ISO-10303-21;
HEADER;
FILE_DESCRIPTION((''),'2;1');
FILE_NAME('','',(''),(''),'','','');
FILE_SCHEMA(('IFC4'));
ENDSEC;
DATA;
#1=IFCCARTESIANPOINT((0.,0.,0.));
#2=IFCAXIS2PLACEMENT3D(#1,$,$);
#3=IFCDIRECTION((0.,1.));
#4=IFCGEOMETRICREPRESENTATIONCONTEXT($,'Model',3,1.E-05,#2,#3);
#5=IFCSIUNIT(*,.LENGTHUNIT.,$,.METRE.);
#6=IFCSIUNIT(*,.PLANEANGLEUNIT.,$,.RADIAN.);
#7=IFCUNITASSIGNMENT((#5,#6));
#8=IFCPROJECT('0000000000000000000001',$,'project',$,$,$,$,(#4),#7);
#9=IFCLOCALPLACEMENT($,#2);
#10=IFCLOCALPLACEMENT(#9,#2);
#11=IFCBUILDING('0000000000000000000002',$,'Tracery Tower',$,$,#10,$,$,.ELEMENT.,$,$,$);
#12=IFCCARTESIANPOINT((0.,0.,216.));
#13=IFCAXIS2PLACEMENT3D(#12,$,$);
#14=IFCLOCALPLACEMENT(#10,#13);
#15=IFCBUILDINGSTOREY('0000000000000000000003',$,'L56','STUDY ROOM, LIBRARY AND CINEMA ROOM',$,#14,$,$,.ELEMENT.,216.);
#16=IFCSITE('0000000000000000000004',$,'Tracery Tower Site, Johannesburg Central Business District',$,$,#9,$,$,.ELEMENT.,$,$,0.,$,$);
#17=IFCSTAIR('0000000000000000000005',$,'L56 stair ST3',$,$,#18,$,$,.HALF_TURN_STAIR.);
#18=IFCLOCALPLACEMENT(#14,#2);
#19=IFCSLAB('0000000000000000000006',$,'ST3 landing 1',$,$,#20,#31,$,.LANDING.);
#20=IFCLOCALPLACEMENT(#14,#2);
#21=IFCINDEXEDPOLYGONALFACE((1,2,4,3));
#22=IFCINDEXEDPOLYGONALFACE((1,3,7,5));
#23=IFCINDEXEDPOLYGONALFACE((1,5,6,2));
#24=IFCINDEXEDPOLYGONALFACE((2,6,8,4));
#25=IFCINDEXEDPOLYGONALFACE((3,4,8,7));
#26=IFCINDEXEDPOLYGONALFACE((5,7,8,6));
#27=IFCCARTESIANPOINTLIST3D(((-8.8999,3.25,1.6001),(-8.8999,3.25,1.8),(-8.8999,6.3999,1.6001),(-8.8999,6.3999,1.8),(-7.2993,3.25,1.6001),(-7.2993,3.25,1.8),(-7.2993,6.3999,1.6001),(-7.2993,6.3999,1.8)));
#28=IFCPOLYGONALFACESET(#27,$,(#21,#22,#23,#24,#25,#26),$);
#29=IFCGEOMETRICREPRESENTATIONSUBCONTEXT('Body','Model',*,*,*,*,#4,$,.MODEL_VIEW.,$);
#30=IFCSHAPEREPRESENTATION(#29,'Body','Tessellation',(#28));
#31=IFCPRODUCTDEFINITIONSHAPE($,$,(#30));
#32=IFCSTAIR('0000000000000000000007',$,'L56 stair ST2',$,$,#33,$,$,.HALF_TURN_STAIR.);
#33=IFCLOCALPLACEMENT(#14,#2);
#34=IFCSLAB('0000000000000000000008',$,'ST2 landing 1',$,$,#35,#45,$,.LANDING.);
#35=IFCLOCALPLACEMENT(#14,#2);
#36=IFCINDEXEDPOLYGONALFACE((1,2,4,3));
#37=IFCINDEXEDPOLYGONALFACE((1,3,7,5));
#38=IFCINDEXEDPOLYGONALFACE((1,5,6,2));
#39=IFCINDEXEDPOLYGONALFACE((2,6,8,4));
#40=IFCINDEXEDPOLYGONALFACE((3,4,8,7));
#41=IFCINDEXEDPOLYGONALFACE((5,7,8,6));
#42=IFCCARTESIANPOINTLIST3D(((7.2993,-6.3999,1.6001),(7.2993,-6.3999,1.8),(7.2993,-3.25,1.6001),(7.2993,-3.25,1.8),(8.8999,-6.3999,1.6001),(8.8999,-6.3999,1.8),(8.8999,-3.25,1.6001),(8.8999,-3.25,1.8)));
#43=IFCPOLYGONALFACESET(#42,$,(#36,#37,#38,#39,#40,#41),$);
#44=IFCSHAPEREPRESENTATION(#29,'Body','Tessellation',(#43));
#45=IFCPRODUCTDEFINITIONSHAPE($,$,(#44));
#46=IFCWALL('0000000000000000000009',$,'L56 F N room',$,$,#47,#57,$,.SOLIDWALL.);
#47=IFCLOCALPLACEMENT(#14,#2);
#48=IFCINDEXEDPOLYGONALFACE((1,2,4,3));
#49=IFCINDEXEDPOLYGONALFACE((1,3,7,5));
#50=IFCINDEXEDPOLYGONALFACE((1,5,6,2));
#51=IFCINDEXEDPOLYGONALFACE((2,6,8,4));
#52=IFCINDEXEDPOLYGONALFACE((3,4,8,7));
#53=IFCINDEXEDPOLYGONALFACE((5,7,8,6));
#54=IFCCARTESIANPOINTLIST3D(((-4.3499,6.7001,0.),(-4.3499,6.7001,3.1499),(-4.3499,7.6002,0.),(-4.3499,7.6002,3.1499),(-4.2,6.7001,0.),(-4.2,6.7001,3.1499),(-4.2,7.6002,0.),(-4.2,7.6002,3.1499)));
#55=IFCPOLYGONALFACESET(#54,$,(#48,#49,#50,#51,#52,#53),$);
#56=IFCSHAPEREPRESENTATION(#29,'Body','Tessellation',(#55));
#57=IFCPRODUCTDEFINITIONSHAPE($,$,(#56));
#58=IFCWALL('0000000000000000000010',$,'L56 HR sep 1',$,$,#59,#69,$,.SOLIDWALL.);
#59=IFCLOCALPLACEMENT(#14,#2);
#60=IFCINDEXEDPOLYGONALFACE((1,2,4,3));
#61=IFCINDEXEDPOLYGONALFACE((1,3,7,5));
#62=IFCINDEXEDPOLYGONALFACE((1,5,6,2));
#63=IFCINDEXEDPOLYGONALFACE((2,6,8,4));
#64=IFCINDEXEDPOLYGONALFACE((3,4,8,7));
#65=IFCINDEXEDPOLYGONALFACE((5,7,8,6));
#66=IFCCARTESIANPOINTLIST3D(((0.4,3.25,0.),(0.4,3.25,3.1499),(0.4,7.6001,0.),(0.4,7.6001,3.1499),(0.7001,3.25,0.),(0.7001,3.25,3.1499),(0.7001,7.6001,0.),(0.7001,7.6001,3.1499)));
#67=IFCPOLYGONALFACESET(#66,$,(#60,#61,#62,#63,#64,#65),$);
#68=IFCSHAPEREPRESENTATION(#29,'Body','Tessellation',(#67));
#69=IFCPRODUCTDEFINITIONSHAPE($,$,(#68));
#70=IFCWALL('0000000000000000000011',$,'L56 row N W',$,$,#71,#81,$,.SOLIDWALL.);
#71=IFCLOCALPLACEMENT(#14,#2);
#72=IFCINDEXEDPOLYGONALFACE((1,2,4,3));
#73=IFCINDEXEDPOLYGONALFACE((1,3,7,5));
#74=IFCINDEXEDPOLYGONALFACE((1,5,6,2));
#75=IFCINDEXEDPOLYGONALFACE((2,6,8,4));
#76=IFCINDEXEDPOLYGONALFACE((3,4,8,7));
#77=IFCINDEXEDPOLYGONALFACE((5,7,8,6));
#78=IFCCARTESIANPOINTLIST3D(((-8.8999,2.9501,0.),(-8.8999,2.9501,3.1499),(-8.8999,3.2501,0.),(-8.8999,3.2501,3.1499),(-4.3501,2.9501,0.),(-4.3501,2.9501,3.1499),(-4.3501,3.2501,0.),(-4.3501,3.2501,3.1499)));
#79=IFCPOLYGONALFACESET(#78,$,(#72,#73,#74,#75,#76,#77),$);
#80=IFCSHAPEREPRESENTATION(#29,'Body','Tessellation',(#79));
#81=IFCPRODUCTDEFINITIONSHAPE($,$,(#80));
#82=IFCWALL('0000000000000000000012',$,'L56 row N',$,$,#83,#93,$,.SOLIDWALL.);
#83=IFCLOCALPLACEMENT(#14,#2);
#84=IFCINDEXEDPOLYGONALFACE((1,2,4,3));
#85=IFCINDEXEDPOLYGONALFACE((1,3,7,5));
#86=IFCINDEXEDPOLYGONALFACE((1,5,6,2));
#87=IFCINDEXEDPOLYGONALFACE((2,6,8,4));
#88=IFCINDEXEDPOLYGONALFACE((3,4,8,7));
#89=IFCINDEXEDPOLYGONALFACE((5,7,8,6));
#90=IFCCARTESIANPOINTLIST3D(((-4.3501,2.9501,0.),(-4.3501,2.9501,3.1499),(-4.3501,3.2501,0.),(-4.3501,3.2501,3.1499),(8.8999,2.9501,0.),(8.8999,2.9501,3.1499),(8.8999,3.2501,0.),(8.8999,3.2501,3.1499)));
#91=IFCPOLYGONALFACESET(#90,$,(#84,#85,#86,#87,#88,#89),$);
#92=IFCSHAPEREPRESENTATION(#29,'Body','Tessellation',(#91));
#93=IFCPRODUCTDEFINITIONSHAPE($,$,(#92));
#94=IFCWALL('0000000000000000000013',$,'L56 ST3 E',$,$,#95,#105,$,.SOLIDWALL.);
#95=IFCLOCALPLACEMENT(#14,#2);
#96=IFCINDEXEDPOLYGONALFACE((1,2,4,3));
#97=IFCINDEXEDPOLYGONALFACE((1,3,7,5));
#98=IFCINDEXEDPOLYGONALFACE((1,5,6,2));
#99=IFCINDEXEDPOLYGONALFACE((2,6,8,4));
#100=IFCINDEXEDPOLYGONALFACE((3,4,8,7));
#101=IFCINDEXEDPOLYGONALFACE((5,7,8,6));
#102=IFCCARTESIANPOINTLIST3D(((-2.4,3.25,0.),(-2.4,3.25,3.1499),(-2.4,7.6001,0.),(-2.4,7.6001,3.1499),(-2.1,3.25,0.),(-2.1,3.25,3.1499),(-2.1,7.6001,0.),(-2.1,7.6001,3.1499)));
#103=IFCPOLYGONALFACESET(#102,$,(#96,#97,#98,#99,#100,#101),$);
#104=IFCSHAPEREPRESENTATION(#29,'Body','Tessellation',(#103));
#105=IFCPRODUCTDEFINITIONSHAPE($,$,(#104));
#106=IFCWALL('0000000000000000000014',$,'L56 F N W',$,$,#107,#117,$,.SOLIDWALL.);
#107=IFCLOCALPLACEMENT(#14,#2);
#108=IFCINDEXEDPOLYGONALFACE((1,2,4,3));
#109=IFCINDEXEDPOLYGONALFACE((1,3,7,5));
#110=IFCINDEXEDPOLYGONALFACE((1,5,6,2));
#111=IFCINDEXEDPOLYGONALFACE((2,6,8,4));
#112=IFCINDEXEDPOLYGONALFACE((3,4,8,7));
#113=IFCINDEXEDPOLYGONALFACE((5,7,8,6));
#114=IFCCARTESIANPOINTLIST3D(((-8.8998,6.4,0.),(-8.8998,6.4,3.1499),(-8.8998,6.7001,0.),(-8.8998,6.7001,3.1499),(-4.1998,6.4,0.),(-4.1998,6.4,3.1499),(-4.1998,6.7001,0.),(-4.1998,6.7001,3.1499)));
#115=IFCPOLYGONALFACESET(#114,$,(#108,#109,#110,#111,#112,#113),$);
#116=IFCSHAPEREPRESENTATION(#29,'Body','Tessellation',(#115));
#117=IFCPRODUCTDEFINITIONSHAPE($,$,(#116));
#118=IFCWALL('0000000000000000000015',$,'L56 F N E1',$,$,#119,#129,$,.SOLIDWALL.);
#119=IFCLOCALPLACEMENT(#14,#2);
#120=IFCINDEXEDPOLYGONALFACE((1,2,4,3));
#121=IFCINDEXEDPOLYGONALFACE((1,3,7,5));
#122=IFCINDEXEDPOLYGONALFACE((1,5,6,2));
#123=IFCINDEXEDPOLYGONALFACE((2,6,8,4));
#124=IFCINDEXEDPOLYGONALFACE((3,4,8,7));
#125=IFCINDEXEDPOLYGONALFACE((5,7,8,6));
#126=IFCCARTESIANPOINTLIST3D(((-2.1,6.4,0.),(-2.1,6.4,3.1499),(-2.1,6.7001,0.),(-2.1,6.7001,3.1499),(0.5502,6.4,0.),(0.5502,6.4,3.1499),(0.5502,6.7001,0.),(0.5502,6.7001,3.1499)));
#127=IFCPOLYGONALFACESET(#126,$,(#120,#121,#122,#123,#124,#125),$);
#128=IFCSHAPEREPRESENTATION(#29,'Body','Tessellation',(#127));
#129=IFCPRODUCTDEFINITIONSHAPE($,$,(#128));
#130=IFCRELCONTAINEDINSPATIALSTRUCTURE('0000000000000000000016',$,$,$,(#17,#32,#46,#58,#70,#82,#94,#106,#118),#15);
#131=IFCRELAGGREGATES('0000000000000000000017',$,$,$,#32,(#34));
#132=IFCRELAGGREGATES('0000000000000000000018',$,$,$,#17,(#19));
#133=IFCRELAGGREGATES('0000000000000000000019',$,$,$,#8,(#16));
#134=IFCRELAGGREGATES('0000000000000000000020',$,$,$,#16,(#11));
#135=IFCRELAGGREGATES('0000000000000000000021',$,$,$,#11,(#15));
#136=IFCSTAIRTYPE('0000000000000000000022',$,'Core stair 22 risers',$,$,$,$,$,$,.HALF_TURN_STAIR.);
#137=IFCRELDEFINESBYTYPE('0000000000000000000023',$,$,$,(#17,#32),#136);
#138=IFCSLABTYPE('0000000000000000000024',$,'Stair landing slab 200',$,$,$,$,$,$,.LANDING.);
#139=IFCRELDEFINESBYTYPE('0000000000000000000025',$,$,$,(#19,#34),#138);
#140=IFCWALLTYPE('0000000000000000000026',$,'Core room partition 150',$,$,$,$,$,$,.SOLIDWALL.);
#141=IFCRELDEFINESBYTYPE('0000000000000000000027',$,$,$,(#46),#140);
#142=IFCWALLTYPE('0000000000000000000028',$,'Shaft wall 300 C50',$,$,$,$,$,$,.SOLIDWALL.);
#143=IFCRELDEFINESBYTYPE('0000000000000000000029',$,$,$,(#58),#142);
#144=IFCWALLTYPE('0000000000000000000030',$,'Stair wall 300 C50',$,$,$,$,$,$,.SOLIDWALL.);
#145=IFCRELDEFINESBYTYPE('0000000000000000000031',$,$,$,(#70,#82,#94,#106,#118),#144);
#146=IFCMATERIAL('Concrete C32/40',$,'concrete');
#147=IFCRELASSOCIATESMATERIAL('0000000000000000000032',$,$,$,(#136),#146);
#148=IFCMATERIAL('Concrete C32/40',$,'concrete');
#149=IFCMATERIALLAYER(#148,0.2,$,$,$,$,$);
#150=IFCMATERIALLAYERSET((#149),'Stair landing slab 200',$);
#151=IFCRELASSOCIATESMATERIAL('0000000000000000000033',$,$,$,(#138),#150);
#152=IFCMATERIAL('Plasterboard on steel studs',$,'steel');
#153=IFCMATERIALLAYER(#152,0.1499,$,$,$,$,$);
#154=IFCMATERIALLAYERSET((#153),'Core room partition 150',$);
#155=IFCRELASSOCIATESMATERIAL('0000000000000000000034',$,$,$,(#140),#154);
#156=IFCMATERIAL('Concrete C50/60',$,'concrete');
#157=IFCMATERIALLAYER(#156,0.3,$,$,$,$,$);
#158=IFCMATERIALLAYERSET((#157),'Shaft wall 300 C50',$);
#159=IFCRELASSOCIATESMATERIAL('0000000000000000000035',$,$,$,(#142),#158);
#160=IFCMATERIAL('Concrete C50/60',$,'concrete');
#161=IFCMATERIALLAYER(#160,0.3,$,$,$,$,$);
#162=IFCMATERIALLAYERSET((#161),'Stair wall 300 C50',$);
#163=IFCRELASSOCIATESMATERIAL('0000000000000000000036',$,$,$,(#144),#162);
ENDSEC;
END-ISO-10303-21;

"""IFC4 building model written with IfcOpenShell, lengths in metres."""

from ifc_helpers import new_model, si_unit, direction, frame, frame_2d, origin, place, context, subcontext, project, spatial, polyline, rectangle, outline, extrude, material, layer, layer_set, type_object, element, aggregate, save


model = new_model("IFC4")

# Units and contexts
model_context = context("Model", 3, precision=1e-05, world=origin(), true_north=direction((0.0, 1.0)))
body_context = subcontext(model_context, "Body", "Model", "MODEL_VIEW")
ifc_project = project(units=[si_unit("LENGTHUNIT", "METRE"), si_unit("PLANEANGLEUNIT", "RADIAN")], contexts=[model_context])

# Site, building, storey
site_placement = place(None, origin())
site = spatial("IfcSite", under=ifc_project, at=site_placement, Name="Tracery Tower Site, Johannesburg Central Business District", CompositionType="ELEMENT", RefElevation=0.0)
building_placement = place(site_placement, origin())
building = spatial("IfcBuilding", under=site, at=building_placement, Name="Tracery Tower", CompositionType="ELEMENT")
storey_placement = place(building_placement, frame((0.0, 0.0, 216.0)))
storey = spatial("IfcBuildingStorey", under=building, at=storey_placement, Name="L56", Description="STUDY ROOM, LIBRARY AND CINEMA ROOM", CompositionType="ELEMENT", Elevation=216.0)

# Stairs, slabs
ifc_material_1 = material(Name="Concrete C32/40", Category="concrete")
stair_type = type_object("IfcStairType", Name="Core stair 22 risers", PredefinedType="HALF_TURN_STAIR", material=ifc_material_1)
stair_1_placement = place(storey_placement, origin())
stair_1 = element("IfcStair", 1, at=stair_1_placement, inside=storey, type_object=stair_type, Name="L56 stair ST3", PredefinedType="HALF_TURN_STAIR")
ifc_material_2 = material(Name="Concrete C32/40", Category="concrete")
ifc_layer_1 = layer(ifc_material_2, 0.2)
ifc_layer_set_1 = layer_set([ifc_layer_1], Name="Stair landing slab 200")
slab_type = type_object("IfcSlabType", Name="Stair landing slab 200", PredefinedType="LANDING", material=ifc_layer_set_1)
slab_1_placement = place(storey_placement, frame((0.0, 0.0, 1.6001)))
slab_1 = element("IfcSlab", 2, at=slab_1_placement, type_object=slab_type, Name="ST3 landing 1", PredefinedType="LANDING", context=body_context, shape_type="SweptSolid", body=[
    extrude(outline(polyline([(-7.2993, 6.3999), (-8.8999, 6.3999), (-8.8999, 3.25), (-7.2993, 3.25), (-7.2993, 6.3999)])), origin(), (0.0, 0.0, 1.0), 0.2),
])
stair_2_placement = place(storey_placement, origin())
stair_2 = element("IfcStair", 3, at=stair_2_placement, inside=storey, type_object=stair_type, Name="L56 stair ST2", PredefinedType="HALF_TURN_STAIR")
slab_2_placement = place(storey_placement, frame((0.0, 0.0, 1.6001)))
slab_2 = element("IfcSlab", 4, at=slab_2_placement, type_object=slab_type, Name="ST2 landing 1", PredefinedType="LANDING", context=body_context, shape_type="SweptSolid", body=[
    extrude(outline(polyline([(7.2993, -6.3999), (8.8999, -6.3999), (8.8999, -3.25), (7.2993, -3.25), (7.2993, -6.3999)])), origin(), (0.0, 0.0, 1.0), 0.2),
])
aggregate(stair_2, [slab_2])

# Walls
ifc_material_3 = material(Name="Plasterboard on steel studs", Category="steel")
ifc_layer_2 = layer(ifc_material_3, 0.1499)
ifc_layer_set_2 = layer_set([ifc_layer_2], Name="Core room partition 150")
wall_type_1 = type_object("IfcWallType", Name="Core room partition 150", PredefinedType="SOLIDWALL", material=ifc_layer_set_2)
wall_1_placement = place(storey_placement, frame((-4.2749, 6.7, 0.0), z_axis=(0.0, 0.0, 1.0), x_axis=(0.0, 1.0, 0.0)))
element("IfcWall", 5, at=wall_1_placement, inside=storey, type_object=wall_type_1, Name="L56 F N room", PredefinedType="SOLIDWALL", context=body_context, shape_type="SweptSolid", body=[
    extrude(rectangle(XDim=0.9001, YDim=0.1499, at=frame_2d((0.4502, 0.0))), origin(), (0.0, 0.0, 1.0), 3.1499),
])
ifc_material_4 = material(Name="Concrete C50/60", Category="concrete")
ifc_layer_3 = layer(ifc_material_4, 0.3)
ifc_layer_set_3 = layer_set([ifc_layer_3], Name="Shaft wall 300 C50")
wall_type_2 = type_object("IfcWallType", Name="Shaft wall 300 C50", PredefinedType="SOLIDWALL", material=ifc_layer_set_3)
wall_2_placement = place(storey_placement, frame((0.55, 3.25, 0.0), z_axis=(0.0, 0.0, 1.0), x_axis=(0.0, 1.0, 0.0)))
element("IfcWall", 6, at=wall_2_placement, inside=storey, type_object=wall_type_2, Name="L56 HR sep 1", PredefinedType="SOLIDWALL", context=body_context, shape_type="SweptSolid", body=[
    extrude(rectangle(XDim=4.3501, YDim=0.3, at=frame_2d((2.175, 0.0))), origin(), (0.0, 0.0, 1.0), 3.1499),
])

# Walls
ifc_material_5 = material(Name="Concrete C50/60", Category="concrete")
ifc_layer_4 = layer(ifc_material_5, 0.3)
ifc_layer_set_4 = layer_set([ifc_layer_4], Name="Stair wall 300 C50")
wall_type_3 = type_object("IfcWallType", Name="Stair wall 300 C50", PredefinedType="SOLIDWALL", material=ifc_layer_set_4)
wall_3_placement = place(storey_placement, frame((-8.8999, 3.1001, 0.0), z_axis=(0.0, 0.0, 1.0), x_axis=(1.0, 0.0, 0.0)))
element("IfcWall", 7, at=wall_3_placement, inside=storey, type_object=wall_type_3, Name="L56 row N W", PredefinedType="SOLIDWALL", context=body_context, shape_type="SweptSolid", body=[
    extrude(rectangle(XDim=4.5498, YDim=0.3, at=frame_2d((2.2749, 0.0))), origin(), (0.0, 0.0, 1.0), 3.1499),
])
wall_4_placement = place(storey_placement, frame((-4.3501, 3.1001, 0.0), z_axis=(0.0, 0.0, 1.0), x_axis=(1.0, 0.0, 0.0)))
element("IfcWall", 8, at=wall_4_placement, inside=storey, type_object=wall_type_3, Name="L56 row N", PredefinedType="SOLIDWALL", context=body_context, shape_type="SweptSolid", body=[
    extrude(rectangle(XDim=13.25, YDim=0.3, at=frame_2d((6.625, 0.0))), origin(), (0.0, 0.0, 1.0), 3.1499),
])
wall_5_placement = place(storey_placement, frame((-2.25, 3.25, 0.0), z_axis=(0.0, 0.0, 1.0), x_axis=(0.0, 1.0, 0.0)))
element("IfcWall", 9, at=wall_5_placement, inside=storey, type_object=wall_type_3, Name="L56 ST3 E", PredefinedType="SOLIDWALL", context=body_context, shape_type="SweptSolid", body=[
    extrude(rectangle(XDim=4.3501, YDim=0.3, at=frame_2d((2.175, 0.0))), origin(), (0.0, 0.0, 1.0), 3.1499),
])
wall_6_placement = place(storey_placement, frame((-8.8999, 6.55, 0.0), z_axis=(0.0, 0.0, 1.0), x_axis=(1.0, 0.0, 0.0)))
element("IfcWall", 10, at=wall_6_placement, inside=storey, type_object=wall_type_3, Name="L56 F N W", PredefinedType="SOLIDWALL", context=body_context, shape_type="SweptSolid", body=[
    extrude(rectangle(XDim=4.7, YDim=0.3, at=frame_2d((2.3501, 0.0))), origin(), (0.0, 0.0, 1.0), 3.1499),
])

# Wall
wall_7_placement = place(storey_placement, frame((-2.1001, 6.55, 0.0), z_axis=(0.0, 0.0, 1.0), x_axis=(1.0, 0.0, 0.0)))
element("IfcWall", 11, at=wall_7_placement, inside=storey, type_object=wall_type_3, Name="L56 F N E1", PredefinedType="SOLIDWALL", context=body_context, shape_type="SweptSolid", body=[
    extrude(rectangle(XDim=2.6501, YDim=0.3, at=frame_2d((1.3252, 0.0))), origin(), (0.0, 0.0, 1.0), 3.1499),
])

aggregate(stair_1, [slab_1])

save(model, "model.ifc")
